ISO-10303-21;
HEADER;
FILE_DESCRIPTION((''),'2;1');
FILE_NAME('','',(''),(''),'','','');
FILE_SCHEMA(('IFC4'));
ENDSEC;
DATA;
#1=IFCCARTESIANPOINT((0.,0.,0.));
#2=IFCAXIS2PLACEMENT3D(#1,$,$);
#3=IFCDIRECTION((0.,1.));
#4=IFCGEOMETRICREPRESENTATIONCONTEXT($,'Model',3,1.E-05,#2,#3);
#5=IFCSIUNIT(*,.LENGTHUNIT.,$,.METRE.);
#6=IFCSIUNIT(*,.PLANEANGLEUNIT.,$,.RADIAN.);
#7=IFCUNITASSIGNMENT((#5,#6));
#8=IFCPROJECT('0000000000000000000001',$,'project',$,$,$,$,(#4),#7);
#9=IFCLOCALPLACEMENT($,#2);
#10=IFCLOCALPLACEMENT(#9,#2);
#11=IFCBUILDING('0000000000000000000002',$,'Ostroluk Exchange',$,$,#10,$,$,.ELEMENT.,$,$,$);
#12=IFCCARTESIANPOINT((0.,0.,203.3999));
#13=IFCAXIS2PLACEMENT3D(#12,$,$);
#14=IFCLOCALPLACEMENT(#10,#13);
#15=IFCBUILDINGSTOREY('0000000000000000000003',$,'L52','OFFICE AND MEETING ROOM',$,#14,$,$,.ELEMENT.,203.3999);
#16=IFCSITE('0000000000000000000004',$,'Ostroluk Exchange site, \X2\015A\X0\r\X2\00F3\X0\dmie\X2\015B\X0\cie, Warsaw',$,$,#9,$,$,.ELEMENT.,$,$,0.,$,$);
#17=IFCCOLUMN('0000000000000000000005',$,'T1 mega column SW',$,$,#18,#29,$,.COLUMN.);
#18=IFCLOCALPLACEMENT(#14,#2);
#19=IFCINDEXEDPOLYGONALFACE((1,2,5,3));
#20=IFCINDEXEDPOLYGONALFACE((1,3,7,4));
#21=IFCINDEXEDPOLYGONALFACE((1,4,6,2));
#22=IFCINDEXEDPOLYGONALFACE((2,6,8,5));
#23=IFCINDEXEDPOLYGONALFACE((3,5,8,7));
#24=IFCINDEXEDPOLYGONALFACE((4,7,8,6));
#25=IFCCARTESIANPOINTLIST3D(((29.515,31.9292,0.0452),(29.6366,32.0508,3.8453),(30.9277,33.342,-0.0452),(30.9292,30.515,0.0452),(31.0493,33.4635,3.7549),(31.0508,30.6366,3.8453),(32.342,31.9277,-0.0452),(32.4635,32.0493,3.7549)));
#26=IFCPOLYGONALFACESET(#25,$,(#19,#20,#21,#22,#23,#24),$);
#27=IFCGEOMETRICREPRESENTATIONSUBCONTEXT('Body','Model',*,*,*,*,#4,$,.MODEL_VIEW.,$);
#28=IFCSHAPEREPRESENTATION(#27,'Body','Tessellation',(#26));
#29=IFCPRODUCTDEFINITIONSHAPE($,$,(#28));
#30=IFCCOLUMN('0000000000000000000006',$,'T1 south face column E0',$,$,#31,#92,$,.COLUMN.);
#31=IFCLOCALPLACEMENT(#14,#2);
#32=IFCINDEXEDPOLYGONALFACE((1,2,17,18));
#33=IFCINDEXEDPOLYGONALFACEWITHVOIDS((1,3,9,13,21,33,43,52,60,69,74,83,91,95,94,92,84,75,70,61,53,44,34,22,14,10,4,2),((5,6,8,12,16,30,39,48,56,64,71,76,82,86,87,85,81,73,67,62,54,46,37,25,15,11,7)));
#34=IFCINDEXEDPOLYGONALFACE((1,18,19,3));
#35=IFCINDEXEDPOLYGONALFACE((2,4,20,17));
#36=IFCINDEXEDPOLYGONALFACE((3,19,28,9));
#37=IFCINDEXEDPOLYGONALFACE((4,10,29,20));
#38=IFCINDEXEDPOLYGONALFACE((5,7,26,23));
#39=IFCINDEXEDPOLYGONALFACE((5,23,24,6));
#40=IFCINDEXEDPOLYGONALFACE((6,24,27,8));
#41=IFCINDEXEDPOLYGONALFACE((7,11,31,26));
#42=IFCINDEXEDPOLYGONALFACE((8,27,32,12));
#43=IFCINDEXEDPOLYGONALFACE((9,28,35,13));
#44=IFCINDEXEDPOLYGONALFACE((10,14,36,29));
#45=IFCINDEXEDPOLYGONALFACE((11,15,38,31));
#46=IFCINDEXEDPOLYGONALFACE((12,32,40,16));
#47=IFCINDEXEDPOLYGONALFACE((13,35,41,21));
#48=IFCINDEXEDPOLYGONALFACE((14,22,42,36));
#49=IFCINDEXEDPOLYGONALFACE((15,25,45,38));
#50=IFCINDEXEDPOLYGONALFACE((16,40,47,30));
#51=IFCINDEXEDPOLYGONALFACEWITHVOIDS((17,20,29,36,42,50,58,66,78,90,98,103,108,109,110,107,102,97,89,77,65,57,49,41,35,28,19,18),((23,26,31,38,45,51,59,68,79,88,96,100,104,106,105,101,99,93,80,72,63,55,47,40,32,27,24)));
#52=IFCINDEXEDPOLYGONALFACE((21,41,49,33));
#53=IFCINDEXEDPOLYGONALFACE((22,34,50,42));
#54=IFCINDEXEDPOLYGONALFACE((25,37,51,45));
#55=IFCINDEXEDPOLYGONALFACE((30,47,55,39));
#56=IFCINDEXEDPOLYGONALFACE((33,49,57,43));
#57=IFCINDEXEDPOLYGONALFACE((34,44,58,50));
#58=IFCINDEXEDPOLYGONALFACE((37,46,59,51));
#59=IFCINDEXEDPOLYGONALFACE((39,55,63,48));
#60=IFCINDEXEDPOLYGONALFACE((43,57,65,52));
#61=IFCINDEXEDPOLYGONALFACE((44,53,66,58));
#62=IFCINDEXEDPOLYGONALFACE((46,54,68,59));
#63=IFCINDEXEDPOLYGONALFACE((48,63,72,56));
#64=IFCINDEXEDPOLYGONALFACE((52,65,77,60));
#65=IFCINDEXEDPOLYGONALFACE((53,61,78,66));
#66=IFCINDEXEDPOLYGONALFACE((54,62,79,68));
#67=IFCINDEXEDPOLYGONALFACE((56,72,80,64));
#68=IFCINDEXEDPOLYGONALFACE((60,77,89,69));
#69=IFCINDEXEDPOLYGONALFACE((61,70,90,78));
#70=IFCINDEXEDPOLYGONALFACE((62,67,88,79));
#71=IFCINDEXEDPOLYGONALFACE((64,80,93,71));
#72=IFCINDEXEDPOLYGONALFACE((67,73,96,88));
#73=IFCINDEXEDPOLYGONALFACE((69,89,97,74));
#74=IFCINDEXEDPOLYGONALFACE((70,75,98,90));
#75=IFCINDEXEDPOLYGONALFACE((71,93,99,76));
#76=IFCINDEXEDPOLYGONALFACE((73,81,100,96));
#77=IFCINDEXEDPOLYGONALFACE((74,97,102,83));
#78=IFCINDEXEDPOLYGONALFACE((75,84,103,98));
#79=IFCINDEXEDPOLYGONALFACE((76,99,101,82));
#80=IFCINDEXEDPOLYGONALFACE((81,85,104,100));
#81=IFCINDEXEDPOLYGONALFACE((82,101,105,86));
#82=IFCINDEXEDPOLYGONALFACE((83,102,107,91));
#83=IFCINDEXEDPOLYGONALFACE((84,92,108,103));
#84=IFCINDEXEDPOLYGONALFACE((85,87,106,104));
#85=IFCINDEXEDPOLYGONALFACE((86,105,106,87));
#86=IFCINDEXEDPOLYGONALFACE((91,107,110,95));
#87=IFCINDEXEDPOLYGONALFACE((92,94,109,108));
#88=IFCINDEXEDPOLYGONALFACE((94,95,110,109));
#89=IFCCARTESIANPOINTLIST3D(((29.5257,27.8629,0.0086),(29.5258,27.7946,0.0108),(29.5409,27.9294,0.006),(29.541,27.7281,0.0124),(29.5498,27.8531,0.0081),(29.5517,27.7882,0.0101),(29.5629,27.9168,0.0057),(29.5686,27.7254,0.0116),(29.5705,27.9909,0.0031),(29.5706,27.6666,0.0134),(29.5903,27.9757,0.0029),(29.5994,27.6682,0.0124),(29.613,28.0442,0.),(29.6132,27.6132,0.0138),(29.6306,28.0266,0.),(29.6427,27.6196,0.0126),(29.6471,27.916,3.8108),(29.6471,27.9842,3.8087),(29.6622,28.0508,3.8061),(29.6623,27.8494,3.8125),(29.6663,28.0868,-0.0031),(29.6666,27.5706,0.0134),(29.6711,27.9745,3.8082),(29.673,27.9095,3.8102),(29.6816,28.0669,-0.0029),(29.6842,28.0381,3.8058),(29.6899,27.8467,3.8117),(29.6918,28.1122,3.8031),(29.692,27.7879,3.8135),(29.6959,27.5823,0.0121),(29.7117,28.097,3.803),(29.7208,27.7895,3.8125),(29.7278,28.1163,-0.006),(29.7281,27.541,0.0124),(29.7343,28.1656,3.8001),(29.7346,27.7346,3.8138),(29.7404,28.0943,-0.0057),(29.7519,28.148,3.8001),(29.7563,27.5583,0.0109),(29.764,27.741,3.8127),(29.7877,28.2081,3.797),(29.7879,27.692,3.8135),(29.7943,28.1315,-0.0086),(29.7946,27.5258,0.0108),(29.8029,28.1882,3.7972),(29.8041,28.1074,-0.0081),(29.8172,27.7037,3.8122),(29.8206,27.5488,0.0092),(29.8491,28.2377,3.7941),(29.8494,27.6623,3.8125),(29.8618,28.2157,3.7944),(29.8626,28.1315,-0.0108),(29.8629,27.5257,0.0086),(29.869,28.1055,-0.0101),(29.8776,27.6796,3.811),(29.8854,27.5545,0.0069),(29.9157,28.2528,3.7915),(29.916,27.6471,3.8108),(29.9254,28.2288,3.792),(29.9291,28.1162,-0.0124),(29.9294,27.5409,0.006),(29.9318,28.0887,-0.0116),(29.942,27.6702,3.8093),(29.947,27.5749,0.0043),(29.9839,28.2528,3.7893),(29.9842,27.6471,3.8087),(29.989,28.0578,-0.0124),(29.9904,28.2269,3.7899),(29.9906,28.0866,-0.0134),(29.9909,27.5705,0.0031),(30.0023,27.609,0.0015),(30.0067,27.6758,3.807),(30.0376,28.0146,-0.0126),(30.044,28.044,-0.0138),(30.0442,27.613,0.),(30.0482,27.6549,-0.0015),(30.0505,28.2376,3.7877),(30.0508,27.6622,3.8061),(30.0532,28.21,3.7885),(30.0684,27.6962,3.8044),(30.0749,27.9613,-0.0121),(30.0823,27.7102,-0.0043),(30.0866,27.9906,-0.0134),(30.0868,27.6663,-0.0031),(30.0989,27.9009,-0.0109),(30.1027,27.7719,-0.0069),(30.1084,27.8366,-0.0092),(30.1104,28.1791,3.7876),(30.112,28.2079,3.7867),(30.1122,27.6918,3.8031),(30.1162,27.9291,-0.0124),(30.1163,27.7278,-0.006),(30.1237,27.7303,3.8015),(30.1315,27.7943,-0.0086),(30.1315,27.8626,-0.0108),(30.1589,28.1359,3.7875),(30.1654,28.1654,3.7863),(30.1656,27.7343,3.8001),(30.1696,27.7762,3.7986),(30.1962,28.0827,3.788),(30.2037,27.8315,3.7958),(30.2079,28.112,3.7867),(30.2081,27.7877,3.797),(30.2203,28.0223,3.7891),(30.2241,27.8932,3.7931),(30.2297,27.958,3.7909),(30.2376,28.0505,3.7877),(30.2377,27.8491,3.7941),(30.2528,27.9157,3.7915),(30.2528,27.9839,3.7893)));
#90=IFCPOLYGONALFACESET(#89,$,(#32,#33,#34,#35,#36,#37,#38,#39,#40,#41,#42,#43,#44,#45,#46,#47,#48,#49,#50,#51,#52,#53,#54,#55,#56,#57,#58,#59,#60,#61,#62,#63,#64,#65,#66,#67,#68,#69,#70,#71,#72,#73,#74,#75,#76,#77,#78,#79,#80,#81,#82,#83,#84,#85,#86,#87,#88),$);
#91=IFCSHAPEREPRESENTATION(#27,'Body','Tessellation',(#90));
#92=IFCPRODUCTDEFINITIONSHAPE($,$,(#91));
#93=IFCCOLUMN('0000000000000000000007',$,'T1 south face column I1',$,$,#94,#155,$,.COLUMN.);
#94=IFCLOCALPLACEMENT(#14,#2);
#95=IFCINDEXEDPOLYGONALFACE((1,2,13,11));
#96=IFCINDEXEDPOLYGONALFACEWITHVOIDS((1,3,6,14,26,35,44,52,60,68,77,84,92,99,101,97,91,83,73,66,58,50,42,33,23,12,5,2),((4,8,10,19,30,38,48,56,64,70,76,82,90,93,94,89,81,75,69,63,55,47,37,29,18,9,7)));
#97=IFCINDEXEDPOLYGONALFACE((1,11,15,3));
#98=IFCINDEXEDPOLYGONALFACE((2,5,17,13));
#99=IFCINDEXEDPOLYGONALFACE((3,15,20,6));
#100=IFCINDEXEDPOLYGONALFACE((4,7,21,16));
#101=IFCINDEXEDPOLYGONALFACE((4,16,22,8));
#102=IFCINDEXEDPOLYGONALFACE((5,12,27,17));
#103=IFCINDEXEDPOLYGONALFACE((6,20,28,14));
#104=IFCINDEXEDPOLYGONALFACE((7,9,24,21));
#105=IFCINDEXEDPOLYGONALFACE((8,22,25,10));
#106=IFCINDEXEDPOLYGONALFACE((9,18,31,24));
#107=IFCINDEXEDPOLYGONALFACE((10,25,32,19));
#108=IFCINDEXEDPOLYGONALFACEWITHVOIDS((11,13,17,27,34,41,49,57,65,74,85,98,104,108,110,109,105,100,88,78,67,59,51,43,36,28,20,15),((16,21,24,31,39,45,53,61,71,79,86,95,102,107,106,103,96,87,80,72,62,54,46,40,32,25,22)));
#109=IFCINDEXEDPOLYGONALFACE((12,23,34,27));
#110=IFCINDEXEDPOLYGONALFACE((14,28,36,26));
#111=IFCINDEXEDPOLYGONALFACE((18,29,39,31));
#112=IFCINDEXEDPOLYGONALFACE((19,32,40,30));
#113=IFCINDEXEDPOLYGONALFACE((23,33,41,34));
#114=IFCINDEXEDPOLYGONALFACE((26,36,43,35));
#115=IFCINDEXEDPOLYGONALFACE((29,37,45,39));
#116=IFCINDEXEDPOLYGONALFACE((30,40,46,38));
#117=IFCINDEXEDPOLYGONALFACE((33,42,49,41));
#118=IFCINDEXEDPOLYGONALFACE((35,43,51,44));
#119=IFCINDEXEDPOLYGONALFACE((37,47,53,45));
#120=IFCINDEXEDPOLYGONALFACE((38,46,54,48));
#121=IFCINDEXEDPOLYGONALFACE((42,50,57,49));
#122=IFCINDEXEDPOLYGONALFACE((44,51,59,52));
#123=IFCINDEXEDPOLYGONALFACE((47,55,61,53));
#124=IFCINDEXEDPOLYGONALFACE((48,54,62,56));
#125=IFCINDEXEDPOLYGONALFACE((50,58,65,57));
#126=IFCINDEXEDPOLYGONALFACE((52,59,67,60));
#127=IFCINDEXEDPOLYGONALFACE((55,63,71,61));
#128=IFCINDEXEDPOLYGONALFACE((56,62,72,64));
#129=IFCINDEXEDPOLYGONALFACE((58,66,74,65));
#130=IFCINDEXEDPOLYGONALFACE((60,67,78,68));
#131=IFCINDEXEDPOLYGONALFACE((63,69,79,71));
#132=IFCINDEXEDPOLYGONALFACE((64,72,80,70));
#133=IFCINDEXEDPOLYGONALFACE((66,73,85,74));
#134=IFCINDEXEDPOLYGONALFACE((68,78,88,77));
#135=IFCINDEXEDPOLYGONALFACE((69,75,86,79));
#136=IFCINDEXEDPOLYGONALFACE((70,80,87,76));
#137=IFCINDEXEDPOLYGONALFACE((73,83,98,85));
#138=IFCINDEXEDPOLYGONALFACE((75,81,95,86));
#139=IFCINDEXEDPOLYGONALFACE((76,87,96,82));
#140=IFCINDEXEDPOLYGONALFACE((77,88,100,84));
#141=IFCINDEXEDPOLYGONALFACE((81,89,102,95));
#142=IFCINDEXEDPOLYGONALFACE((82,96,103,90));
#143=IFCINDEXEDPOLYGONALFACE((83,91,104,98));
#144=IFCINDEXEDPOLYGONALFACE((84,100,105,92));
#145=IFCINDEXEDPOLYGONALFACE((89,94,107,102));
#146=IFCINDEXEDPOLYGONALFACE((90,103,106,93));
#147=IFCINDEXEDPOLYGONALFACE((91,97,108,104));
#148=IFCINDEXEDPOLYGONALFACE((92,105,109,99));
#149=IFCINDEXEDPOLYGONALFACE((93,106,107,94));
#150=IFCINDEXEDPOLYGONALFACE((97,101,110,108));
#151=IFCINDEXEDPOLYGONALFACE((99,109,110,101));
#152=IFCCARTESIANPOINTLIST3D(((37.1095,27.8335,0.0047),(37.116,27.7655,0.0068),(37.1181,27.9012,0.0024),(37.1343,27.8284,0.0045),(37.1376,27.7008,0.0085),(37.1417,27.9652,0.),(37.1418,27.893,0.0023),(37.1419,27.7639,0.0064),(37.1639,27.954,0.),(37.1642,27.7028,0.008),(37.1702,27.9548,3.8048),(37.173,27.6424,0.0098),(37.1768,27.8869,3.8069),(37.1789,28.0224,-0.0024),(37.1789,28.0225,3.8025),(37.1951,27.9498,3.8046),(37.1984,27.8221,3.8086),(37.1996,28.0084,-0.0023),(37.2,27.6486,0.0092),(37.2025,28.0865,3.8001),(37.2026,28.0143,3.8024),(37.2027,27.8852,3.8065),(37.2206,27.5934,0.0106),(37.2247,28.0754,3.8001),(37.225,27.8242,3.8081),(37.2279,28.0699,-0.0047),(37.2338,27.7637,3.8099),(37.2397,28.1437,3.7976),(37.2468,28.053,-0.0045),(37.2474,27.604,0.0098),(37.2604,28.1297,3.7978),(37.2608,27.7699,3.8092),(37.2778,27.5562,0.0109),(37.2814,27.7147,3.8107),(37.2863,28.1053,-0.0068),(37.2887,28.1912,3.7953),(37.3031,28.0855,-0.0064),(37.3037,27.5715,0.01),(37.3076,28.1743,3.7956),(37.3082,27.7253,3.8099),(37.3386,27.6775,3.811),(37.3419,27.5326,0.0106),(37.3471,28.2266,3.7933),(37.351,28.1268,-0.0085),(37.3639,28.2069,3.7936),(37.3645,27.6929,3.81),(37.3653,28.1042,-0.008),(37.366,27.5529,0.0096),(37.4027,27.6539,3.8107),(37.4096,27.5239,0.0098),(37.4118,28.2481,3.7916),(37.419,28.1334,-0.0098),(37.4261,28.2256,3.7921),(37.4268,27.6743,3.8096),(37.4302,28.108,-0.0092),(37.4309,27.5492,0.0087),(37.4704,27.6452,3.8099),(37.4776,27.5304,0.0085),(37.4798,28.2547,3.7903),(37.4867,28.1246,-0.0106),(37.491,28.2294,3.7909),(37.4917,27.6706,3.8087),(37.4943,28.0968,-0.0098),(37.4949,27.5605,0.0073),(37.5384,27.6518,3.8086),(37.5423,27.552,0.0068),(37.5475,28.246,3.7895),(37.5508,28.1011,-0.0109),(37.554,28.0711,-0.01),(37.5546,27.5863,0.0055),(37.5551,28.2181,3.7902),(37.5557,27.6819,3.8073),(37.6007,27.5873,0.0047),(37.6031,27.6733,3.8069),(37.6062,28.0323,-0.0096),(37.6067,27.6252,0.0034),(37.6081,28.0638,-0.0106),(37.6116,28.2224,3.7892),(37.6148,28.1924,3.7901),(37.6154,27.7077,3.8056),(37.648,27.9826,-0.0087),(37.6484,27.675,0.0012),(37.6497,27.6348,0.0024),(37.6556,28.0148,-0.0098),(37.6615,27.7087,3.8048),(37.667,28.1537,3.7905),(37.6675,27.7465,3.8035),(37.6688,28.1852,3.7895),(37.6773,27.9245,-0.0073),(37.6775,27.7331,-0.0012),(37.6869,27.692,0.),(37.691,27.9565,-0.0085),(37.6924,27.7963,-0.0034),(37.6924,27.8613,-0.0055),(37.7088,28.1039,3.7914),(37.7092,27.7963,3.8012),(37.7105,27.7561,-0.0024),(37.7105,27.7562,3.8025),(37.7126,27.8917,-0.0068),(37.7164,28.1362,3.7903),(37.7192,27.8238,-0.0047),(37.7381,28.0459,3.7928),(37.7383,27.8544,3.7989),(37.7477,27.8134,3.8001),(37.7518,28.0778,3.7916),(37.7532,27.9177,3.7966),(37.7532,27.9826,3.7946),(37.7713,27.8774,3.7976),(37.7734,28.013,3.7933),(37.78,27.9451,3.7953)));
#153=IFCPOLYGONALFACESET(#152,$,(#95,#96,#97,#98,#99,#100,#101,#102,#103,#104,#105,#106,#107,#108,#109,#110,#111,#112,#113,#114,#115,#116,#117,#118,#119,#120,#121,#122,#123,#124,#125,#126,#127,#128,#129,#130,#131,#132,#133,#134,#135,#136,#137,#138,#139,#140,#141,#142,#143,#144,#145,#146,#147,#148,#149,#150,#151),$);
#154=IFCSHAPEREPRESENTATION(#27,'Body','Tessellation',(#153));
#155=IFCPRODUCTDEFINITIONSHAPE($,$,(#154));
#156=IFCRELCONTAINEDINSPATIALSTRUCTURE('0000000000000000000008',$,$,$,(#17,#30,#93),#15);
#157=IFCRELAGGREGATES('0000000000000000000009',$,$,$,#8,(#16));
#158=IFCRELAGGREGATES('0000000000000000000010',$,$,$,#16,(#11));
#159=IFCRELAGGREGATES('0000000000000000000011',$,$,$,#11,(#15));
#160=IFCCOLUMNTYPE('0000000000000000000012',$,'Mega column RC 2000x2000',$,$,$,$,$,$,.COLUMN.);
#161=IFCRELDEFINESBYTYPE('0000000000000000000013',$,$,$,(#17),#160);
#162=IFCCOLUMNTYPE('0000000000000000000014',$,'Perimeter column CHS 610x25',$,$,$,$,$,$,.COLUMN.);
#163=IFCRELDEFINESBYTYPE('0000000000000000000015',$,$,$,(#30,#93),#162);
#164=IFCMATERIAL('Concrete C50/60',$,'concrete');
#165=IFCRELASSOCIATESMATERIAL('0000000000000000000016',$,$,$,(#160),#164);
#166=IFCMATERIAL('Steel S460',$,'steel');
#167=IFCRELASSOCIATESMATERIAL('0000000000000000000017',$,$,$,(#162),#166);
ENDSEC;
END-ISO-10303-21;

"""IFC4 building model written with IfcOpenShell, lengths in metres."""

from ifc_helpers import new_model, si_unit, direction, frame, origin, origin_2d, place, context, subcontext, project, spatial, rectangle, hollow_circle, extrude, material, material_profile, profile_set, type_object, element, save


model = new_model("IFC4")

# Units and contexts
model_context = context("Model", 3, precision=1e-05, world=origin(), true_north=direction((0.0, 1.0)))
body_context = subcontext(model_context, "Body", "Model", "MODEL_VIEW")
ifc_project = project(units=[si_unit("LENGTHUNIT", "METRE"), si_unit("PLANEANGLEUNIT", "RADIAN")], contexts=[model_context])

# Site, building, storey
site_placement = place(None, origin())
site = spatial("IfcSite", under=ifc_project, at=site_placement, Name="Ostroluk Exchange site, Śródmieście, Warsaw", CompositionType="ELEMENT", RefElevation=0.0)
building_placement = place(site_placement, origin())
building = spatial("IfcBuilding", under=site, at=building_placement, Name="Ostroluk Exchange", CompositionType="ELEMENT")
storey_placement = place(building_placement, frame((0.0, 0.0, 203.3999)))
storey = spatial("IfcBuildingStorey", under=building, at=storey_placement, Name="L52", Description="OFFICE AND MEETING ROOM", CompositionType="ELEMENT", Elevation=203.3999)

# Columns
ifc_material_1 = material(Name="Concrete C50/60", Category="concrete")
ifc_material_profile_1 = material_profile(ifc_material_1, rectangle(XDim=2.0, YDim=2.0, at=origin_2d()), Name="RC 2000x2000")
ifc_profile_set_1 = profile_set([ifc_material_profile_1], Name="Concrete C50/60")
column_type_1 = type_object("IfcColumnType", Name="Mega column RC 2000x2000", PredefinedType="COLUMN", material=ifc_profile_set_1)
column_1_placement = place(storey_placement, frame((30.9285, 31.9285, 0.0), z_axis=(0.031962, 0.031962, 0.998978), x_axis=(-0.707107, 0.707107, 0.0)))
element("IfcColumn", 1, at=column_1_placement, inside=storey, type_object=column_type_1, Name="T1 mega column SW", PredefinedType="COLUMN", context=body_context, shape_type="SweptSolid", body=[
    extrude(rectangle(XDim=2.0, YDim=2.0, at=origin_2d()), origin(), (0.0, 0.0, 1.0), 3.804),
])
ifc_material_2 = material(Name="Steel S460", Category="steel")
ifc_material_profile_2 = material_profile(ifc_material_2, hollow_circle(Radius=0.3049, WallThickness=0.0249, at=origin_2d()), Name="CHS 610x25")
ifc_profile_set_2 = profile_set([ifc_material_profile_2], Name="Steel S460")
column_type_2 = type_object("IfcColumnType", Name="Perimeter column CHS 610x25", PredefinedType="COLUMN", material=ifc_profile_set_2)
column_2_placement = place(storey_placement, frame((29.8286, 27.8286, 0.0), z_axis=(0.031898, 0.031898, 0.998982), x_axis=(-0.707107, 0.707107, 0.0)))
element("IfcColumn", 2, at=column_2_placement, inside=storey, type_object=column_type_2, Name="T1 south face column E0", PredefinedType="COLUMN", context=body_context, shape_type="SweptSolid", body=[
    extrude(hollow_circle(Radius=0.3049, WallThickness=0.0249, at=origin_2d()), origin(), (0.0, 0.0, 1.0), 3.804),
])
column_3_placement = place(storey_placement, frame((37.4143, 27.8286, 0.0), z_axis=(0.015987, 0.03191, 0.999363), x_axis=(-0.894067, 0.447933, 0.0)))
element("IfcColumn", 3, at=column_3_placement, inside=storey, type_object=column_type_2, Name="T1 south face column I1", PredefinedType="COLUMN", context=body_context, shape_type="SweptSolid", body=[
    extrude(hollow_circle(Radius=0.3049, WallThickness=0.0249, at=origin_2d()), origin(), (0.0, 0.0, 1.0), 3.8025),
])

save(model, "model.ifc")
